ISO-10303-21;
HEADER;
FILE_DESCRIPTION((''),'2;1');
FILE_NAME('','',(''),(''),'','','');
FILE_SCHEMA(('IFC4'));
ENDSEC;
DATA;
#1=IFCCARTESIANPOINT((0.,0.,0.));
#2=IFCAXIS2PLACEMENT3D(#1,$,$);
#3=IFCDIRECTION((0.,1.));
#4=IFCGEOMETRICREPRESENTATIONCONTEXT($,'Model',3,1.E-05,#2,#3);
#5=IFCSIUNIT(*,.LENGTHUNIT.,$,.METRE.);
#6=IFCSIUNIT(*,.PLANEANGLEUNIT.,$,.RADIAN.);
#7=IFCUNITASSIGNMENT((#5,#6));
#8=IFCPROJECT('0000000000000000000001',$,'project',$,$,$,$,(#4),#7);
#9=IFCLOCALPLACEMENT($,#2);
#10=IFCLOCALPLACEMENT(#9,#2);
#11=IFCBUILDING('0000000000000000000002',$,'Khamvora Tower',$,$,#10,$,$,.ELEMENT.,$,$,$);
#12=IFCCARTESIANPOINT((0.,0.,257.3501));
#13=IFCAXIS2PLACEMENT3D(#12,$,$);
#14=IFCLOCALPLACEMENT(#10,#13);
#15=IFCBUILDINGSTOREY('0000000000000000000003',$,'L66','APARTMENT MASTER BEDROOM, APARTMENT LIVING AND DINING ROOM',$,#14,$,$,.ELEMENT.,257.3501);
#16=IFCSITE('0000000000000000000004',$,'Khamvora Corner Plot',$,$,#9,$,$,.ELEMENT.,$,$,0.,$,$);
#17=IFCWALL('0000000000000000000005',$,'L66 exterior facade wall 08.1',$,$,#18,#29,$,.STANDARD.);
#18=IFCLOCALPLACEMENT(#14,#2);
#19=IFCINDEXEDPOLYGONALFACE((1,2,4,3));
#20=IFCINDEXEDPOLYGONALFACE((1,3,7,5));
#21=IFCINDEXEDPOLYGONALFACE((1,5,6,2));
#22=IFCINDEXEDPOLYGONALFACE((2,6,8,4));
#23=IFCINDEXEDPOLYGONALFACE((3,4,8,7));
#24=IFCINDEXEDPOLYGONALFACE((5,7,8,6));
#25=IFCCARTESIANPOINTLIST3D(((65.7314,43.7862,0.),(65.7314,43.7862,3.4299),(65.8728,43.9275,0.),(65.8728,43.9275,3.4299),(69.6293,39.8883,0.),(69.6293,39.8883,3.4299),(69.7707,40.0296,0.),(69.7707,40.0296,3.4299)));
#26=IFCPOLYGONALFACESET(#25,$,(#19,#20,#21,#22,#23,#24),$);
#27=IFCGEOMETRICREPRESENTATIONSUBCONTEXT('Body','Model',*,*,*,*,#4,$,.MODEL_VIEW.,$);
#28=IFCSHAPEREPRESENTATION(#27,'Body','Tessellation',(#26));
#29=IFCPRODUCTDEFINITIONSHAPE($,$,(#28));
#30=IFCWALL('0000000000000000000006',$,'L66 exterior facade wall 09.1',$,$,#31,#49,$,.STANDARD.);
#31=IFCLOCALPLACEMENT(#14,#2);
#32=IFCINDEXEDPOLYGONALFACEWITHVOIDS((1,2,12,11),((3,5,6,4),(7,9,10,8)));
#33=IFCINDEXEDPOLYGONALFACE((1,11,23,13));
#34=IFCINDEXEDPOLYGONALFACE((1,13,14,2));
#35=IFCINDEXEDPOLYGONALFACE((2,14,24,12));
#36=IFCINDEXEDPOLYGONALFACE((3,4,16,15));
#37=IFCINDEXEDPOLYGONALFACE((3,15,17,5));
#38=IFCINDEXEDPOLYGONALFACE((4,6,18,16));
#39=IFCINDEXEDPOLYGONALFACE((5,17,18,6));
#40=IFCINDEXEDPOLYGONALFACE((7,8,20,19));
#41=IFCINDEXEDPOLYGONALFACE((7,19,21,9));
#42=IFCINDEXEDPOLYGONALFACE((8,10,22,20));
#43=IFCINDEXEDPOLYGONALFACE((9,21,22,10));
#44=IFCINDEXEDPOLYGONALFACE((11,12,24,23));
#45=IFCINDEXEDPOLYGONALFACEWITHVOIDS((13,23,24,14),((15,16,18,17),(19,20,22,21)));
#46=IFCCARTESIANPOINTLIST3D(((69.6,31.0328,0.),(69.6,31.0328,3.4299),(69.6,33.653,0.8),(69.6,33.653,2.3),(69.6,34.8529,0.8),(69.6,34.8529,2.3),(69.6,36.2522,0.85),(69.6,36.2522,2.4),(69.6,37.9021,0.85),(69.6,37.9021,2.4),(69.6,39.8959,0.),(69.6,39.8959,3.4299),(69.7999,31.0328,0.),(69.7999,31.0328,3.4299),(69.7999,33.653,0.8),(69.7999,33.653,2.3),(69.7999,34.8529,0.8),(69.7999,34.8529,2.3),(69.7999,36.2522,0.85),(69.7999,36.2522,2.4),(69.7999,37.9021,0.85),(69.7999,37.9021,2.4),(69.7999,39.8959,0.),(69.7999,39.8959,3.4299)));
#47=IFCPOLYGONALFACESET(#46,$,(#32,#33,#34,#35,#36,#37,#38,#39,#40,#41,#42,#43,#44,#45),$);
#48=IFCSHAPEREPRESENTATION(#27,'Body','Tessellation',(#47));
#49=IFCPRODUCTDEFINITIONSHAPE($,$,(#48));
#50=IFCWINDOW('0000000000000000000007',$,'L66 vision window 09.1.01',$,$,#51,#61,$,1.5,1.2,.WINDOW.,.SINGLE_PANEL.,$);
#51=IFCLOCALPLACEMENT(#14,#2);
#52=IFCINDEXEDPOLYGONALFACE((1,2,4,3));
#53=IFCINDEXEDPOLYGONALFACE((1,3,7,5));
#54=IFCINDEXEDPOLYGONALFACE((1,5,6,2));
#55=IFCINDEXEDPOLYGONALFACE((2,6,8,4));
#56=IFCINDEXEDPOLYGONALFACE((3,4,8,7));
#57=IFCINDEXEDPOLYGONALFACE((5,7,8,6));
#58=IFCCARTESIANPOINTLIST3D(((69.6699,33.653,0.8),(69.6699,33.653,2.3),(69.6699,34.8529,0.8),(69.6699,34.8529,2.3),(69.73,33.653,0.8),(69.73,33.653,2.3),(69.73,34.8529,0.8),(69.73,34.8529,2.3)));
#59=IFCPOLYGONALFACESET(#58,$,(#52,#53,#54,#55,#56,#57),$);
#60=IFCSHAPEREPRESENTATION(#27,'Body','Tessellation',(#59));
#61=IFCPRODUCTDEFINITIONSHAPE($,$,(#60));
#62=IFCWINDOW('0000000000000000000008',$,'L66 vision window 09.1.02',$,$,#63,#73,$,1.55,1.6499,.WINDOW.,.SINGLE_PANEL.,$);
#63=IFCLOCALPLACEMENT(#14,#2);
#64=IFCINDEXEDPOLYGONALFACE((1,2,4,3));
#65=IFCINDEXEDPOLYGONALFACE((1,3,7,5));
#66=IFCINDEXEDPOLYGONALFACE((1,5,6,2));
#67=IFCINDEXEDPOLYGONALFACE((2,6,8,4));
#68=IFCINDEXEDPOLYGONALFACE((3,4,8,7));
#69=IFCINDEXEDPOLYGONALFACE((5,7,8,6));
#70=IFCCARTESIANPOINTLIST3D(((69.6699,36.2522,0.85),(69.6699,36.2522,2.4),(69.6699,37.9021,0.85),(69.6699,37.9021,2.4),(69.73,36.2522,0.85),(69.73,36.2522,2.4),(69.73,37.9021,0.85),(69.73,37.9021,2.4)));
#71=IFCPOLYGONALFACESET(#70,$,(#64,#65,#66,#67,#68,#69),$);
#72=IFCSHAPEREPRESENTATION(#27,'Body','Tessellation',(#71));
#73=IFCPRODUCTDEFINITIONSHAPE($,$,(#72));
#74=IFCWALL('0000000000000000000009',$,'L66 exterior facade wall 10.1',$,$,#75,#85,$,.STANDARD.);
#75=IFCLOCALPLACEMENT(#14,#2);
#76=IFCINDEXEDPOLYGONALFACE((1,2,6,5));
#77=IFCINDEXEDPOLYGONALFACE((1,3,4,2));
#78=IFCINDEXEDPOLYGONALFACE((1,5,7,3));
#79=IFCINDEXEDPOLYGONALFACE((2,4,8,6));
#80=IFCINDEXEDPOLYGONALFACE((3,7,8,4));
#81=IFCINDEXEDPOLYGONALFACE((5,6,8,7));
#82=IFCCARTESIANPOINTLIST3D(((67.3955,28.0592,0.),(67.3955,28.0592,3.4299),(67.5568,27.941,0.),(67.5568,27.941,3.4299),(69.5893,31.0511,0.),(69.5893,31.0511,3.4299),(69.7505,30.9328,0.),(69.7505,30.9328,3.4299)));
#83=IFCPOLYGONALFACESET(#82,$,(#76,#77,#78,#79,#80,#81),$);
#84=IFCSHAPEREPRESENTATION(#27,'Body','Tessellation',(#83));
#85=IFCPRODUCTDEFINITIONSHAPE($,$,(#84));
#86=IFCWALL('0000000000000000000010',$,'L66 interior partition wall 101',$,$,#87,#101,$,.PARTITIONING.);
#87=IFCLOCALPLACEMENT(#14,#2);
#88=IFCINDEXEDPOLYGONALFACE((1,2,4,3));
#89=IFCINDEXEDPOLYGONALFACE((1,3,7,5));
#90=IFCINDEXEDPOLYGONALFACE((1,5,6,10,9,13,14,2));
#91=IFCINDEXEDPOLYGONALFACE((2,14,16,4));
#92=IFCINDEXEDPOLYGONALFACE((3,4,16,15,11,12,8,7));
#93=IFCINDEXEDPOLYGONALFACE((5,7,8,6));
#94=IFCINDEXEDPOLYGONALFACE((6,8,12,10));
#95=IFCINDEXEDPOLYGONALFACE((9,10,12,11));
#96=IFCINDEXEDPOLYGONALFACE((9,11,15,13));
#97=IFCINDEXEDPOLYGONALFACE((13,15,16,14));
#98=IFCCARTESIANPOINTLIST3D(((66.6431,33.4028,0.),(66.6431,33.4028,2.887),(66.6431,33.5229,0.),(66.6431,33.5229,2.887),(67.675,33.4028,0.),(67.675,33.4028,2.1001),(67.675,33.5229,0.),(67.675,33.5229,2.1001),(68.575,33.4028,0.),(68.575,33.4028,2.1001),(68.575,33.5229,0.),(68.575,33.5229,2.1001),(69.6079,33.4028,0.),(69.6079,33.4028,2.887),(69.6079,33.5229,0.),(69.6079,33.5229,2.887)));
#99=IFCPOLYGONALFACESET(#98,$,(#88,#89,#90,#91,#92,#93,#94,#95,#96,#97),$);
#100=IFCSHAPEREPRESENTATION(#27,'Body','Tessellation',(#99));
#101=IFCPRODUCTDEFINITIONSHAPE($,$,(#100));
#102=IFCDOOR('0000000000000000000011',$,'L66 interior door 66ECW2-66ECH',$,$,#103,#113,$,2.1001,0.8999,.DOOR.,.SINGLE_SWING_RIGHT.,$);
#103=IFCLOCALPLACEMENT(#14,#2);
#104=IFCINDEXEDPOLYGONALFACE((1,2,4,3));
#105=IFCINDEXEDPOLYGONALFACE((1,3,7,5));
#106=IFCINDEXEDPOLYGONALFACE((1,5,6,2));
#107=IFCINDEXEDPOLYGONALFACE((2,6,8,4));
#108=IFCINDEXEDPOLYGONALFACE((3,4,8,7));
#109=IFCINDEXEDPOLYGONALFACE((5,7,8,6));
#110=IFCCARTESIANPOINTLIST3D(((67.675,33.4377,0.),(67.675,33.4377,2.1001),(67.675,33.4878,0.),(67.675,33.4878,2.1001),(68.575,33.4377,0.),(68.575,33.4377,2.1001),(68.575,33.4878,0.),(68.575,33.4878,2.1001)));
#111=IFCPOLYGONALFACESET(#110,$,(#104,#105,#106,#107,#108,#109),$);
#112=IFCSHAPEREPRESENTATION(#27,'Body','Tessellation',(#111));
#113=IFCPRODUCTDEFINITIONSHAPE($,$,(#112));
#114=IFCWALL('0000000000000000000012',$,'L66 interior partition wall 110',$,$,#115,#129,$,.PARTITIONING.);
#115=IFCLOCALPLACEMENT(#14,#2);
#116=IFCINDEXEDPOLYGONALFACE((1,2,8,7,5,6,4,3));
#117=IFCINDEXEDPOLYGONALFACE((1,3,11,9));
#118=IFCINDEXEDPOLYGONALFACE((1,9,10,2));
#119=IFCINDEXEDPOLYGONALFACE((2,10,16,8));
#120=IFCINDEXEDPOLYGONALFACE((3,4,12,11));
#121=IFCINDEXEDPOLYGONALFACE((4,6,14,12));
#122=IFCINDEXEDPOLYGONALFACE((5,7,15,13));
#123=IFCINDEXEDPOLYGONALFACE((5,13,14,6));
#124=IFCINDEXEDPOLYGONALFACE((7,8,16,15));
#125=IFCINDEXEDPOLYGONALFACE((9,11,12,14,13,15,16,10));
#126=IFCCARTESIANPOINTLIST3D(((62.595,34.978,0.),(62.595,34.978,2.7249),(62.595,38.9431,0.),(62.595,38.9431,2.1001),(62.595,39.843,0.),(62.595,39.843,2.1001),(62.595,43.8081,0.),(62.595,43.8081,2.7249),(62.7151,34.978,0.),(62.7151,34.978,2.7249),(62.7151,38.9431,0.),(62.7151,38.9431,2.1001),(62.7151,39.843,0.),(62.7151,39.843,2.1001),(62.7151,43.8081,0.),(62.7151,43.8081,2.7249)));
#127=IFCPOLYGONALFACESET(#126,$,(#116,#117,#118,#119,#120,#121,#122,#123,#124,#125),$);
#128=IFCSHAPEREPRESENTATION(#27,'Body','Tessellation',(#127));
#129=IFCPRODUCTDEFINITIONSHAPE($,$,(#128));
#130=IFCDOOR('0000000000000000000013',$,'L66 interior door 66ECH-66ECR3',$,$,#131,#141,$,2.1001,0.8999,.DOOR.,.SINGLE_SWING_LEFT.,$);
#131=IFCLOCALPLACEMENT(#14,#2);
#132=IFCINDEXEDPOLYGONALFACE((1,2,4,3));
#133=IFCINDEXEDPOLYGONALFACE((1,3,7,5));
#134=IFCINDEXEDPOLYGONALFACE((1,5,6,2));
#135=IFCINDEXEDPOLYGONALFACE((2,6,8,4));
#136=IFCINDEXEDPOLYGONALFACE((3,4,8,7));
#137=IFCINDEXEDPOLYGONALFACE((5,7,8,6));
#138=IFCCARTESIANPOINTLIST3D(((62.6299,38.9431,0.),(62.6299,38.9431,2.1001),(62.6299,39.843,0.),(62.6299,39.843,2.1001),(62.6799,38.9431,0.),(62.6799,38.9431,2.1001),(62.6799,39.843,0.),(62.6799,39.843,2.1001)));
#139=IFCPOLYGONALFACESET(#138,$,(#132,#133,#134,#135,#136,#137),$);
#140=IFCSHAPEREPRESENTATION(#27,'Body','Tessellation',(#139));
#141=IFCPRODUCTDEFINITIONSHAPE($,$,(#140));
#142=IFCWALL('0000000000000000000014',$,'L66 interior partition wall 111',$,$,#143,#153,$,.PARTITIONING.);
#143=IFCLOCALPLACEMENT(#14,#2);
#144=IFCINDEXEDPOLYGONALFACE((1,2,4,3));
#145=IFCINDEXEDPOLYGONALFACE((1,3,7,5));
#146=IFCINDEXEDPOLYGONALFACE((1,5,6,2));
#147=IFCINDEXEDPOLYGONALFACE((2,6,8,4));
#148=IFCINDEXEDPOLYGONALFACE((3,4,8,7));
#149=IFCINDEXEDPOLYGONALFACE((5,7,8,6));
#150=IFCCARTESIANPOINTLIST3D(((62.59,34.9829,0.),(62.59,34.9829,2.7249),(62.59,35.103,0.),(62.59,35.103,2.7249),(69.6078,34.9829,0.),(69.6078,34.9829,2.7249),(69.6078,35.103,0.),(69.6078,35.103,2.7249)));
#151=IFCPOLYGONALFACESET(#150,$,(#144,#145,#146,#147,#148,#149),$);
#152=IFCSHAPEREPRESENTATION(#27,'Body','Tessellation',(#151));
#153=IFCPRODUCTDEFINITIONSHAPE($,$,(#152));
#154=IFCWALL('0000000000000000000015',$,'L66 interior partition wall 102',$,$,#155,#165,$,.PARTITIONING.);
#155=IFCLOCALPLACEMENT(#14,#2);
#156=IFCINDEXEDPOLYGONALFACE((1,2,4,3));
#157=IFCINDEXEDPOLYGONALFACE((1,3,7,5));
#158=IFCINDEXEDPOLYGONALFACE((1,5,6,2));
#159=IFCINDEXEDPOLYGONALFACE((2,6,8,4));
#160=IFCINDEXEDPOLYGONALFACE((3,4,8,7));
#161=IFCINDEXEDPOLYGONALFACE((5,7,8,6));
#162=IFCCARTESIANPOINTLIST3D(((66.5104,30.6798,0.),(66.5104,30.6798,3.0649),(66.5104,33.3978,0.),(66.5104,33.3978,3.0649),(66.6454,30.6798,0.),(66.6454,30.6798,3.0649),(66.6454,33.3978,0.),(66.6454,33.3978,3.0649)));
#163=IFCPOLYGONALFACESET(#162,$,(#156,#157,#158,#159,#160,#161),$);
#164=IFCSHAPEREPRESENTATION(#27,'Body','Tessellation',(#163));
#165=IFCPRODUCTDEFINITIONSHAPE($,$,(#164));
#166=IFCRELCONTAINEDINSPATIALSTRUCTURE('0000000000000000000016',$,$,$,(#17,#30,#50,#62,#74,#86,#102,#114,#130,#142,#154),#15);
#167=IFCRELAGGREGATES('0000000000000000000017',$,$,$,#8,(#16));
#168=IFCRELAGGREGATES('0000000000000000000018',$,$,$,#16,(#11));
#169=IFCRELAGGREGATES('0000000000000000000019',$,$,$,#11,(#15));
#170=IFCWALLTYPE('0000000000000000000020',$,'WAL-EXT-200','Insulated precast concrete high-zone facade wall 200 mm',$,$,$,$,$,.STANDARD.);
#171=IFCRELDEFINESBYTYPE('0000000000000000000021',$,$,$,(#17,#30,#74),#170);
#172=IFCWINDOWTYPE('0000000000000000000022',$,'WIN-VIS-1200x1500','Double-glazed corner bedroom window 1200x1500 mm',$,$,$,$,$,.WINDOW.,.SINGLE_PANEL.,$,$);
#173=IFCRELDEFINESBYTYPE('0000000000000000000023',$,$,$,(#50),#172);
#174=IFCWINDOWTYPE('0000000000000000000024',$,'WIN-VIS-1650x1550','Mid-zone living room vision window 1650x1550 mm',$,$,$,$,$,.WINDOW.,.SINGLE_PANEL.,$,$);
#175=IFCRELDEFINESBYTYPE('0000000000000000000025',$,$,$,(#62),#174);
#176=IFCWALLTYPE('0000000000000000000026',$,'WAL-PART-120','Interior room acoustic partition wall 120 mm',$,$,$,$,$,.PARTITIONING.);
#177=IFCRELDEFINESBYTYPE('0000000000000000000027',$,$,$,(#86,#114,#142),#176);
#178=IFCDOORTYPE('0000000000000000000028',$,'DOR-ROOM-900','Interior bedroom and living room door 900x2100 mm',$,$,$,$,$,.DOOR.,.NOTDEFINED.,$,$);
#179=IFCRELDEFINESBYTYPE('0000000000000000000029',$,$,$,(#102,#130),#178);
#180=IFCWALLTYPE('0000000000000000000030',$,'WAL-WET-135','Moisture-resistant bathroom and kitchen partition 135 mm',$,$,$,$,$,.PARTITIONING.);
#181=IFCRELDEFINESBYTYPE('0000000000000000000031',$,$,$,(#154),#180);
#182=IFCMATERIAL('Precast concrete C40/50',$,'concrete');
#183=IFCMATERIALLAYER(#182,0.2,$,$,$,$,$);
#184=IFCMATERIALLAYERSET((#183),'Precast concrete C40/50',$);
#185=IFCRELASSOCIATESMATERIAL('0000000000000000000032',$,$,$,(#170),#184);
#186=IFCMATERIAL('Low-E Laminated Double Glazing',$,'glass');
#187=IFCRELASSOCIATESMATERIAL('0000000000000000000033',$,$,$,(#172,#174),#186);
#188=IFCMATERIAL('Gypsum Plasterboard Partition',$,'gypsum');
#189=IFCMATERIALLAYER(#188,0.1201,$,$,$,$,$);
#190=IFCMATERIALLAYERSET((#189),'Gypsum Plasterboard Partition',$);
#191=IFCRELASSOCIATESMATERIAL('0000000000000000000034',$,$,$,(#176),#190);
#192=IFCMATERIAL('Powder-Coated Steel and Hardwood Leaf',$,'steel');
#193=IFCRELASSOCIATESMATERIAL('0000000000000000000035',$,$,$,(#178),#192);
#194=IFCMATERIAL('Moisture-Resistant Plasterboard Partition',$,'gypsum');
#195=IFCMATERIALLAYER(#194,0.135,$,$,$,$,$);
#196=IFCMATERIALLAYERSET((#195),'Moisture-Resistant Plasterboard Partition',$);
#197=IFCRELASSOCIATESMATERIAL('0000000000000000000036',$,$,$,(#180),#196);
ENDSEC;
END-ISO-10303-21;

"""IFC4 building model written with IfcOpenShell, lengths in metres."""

from ifc_helpers import new_model, si_unit, direction, frame, frame_2d, origin, place, context, subcontext, project, spatial, rectangle, extrude, material, layer, layer_set, type_object, element, fill, save


model = new_model("IFC4")

# Units and contexts
model_context = context("Model", 3, precision=1e-05, world=origin(), true_north=direction((0.0, 1.0)))
body_context = subcontext(model_context, "Body", "Model", "MODEL_VIEW")
ifc_project = project(units=[si_unit("LENGTHUNIT", "METRE"), si_unit("PLANEANGLEUNIT", "RADIAN")], contexts=[model_context])

# Site, building, storey
site_placement = place(None, origin())
site = spatial("IfcSite", under=ifc_project, at=site_placement, Name="Khamvora Corner Plot", CompositionType="ELEMENT", RefElevation=0.0)
building_placement = place(site_placement, origin())
building = spatial("IfcBuilding", under=site, at=building_placement, Name="Khamvora Tower", CompositionType="ELEMENT")
storey_placement = place(building_placement, frame((0.0, 0.0, 257.3501)))
storey = spatial("IfcBuildingStorey", under=building, at=storey_placement, Name="L66", Description="APARTMENT MASTER BEDROOM, APARTMENT LIVING AND DINING ROOM", CompositionType="ELEMENT", Elevation=257.3501)

# Shared definitions
ifc_material_1 = material(Name="Powder-Coated Steel and Hardwood Leaf", Category="steel")

# Wall
ifc_material_2 = material(Name="Precast concrete C40/50", Category="concrete")
ifc_layer_1 = layer(ifc_material_2, 0.2)
ifc_layer_set_1 = layer_set([ifc_layer_1], Name="Precast concrete C40/50")
wall_type_1 = type_object("IfcWallType", Name="WAL-EXT-200", Description="Insulated precast concrete high-zone facade wall 200 mm", PredefinedType="STANDARD", material=ifc_layer_set_1)
wall_1_placement = place(storey_placement, frame((65.802, 43.8569, 0.0), z_axis=(0.0, 0.0, 1.0), x_axis=(0.707107, -0.707107, 0.0)))
element("IfcWall", 1, at=wall_1_placement, inside=storey, type_object=wall_type_1, Name="L66 exterior facade wall 08.1", PredefinedType="STANDARD", context=body_context, shape_type="SweptSolid", body=[
    extrude(rectangle(XDim=5.5125, YDim=0.2, at=frame_2d((2.7563, 0.0))), origin(), (0.0, 0.0, 1.0), 3.4299),
])

# Wall, openings, windows
wall_2_placement = place(storey_placement, frame((69.7, 39.896, 0.0), z_axis=(0.0, 0.0, 1.0), x_axis=(0.0, -1.0, 0.0)))
wall_2 = element("IfcWall", 2, at=wall_2_placement, inside=storey, type_object=wall_type_1, Name="L66 exterior facade wall 09.1", PredefinedType="STANDARD", context=body_context, shape_type="SweptSolid", body=[
    extrude(rectangle(XDim=8.863, YDim=0.2, at=frame_2d((4.4316, 0.0))), origin(), (0.0, 0.0, 1.0), 3.4299),
])
opening_1_placement = place(wall_2_placement, frame((5.043, 0.0, 0.8)))
opening_1 = element("IfcOpeningElement", 3, at=opening_1_placement, cuts=wall_2, PredefinedType="OPENING", context=body_context, shape_type="SweptSolid", body=[
    extrude(rectangle(XDim=1.2, YDim=1.5, at=frame_2d((0.6001, 0.75))), frame((0.0, 0.1099, 0.0), z_axis=(0.0, -1.0, 0.0), x_axis=(1.0, 0.0, 0.0)), (0.0, 0.0, 1.0), 0.22),
])
opening_2_placement = place(wall_2_placement, frame((1.9939, 0.0, 0.8501)))
opening_2 = element("IfcOpeningElement", 4, at=opening_2_placement, cuts=wall_2, PredefinedType="OPENING", context=body_context, shape_type="SweptSolid", body=[
    extrude(rectangle(XDim=1.6499, YDim=1.55, at=frame_2d((0.825, 0.7749))), frame((0.0, 0.1099, 0.0), z_axis=(0.0, -1.0, 0.0), x_axis=(1.0, 0.0, 0.0)), (0.0, 0.0, 1.0), 0.22),
])
ifc_material_3 = material(Name="Low-E Laminated Double Glazing", Category="glass")
window_type_1 = type_object("IfcWindowType", Name="WIN-VIS-1200x1500", Description="Double-glazed corner bedroom window 1200x1500 mm", PartitioningType="SINGLE_PANEL", PredefinedType="WINDOW", material=ifc_material_3)
window_1_placement = place(opening_1_placement, origin())
window_1 = element("IfcWindow", 5, at=window_1_placement, inside=storey, type_object=window_type_1, Name="L66 vision window 09.1.01", OverallHeight=1.5, OverallWidth=1.2, PartitioningType="SINGLE_PANEL", PredefinedType="WINDOW", context=body_context, shape_type="SweptSolid", body=[
    extrude(rectangle(XDim=1.2, YDim=1.5, at=frame_2d((0.6001, 0.75))), frame((0.0, 0.03, 0.0), z_axis=(0.0, -1.0, 0.0), x_axis=(1.0, 0.0, 0.0)), (0.0, 0.0, 1.0), 0.0601),
])
fill(opening_1, window_1)
window_type_2 = type_object("IfcWindowType", Name="WIN-VIS-1650x1550", Description="Mid-zone living room vision window 1650x1550 mm", PartitioningType="SINGLE_PANEL", PredefinedType="WINDOW", material=ifc_material_3)
window_2_placement = place(opening_2_placement, origin())
window_2 = element("IfcWindow", 6, at=window_2_placement, inside=storey, type_object=window_type_2, Name="L66 vision window 09.1.02", OverallHeight=1.55, OverallWidth=1.6499, PartitioningType="SINGLE_PANEL", PredefinedType="WINDOW", context=body_context, shape_type="SweptSolid", body=[
    extrude(rectangle(XDim=1.6499, YDim=1.55, at=frame_2d((0.825, 0.7749))), frame((0.0, 0.03, 0.0), z_axis=(0.0, -1.0, 0.0), x_axis=(1.0, 0.0, 0.0)), (0.0, 0.0, 1.0), 0.0601),
])
fill(opening_2, window_2)

# Wall
wall_3_placement = place(storey_placement, frame((69.6699, 30.9919, 0.0), z_axis=(0.0, 0.0, 1.0), x_axis=(-0.591321, -0.806436, 0.0)))
element("IfcWall", 7, at=wall_3_placement, inside=storey, type_object=wall_type_1, Name="L66 exterior facade wall 10.1", PredefinedType="STANDARD", context=body_context, shape_type="SweptSolid", body=[
    extrude(rectangle(XDim=3.71, YDim=0.2, at=frame_2d((1.855, 0.0))), origin(), (0.0, 0.0, 1.0), 3.4299),
])

# Walls, openings, doors
ifc_material_4 = material(Name="Gypsum Plasterboard Partition", Category="gypsum")
ifc_layer_2 = layer(ifc_material_4, 0.1201)
ifc_layer_set_2 = layer_set([ifc_layer_2], Name="Gypsum Plasterboard Partition")
wall_type_2 = type_object("IfcWallType", Name="WAL-PART-120", Description="Interior room acoustic partition wall 120 mm", PredefinedType="PARTITIONING", material=ifc_layer_set_2)
wall_4_placement = place(storey_placement, frame((66.6431, 33.4629, 0.0), z_axis=(0.0, 0.0, 1.0), x_axis=(1.0, 0.0, 0.0)))
wall_4 = element("IfcWall", 8, at=wall_4_placement, inside=storey, type_object=wall_type_2, Name="L66 interior partition wall 101", PredefinedType="PARTITIONING", context=body_context, shape_type="SweptSolid", body=[
    extrude(rectangle(XDim=2.9648, YDim=0.1201, at=frame_2d((1.4824, 0.0))), origin(), (0.0, 0.0, 1.0), 2.887),
])
opening_3_placement = place(wall_4_placement, frame((1.032, 0.0, 0.0)))
opening_3 = element("IfcOpeningElement", 9, at=opening_3_placement, cuts=wall_4, PredefinedType="OPENING", context=body_context, shape_type="SweptSolid", body=[
    extrude(rectangle(XDim=0.8999, YDim=2.1001, at=frame_2d((0.45, 1.05))), frame((0.0, 0.0701, 0.0), z_axis=(0.0, -1.0, 0.0), x_axis=(1.0, 0.0, 0.0)), (0.0, 0.0, 1.0), 0.1401),
])
door_type_1 = type_object("IfcDoorType", Name="DOR-ROOM-900", Description="Interior bedroom and living room door 900x2100 mm", OperationType="NOTDEFINED", PredefinedType="DOOR", material=ifc_material_1)
door_1_placement = place(opening_3_placement, origin())
door_1 = element("IfcDoor", 10, at=door_1_placement, inside=storey, type_object=door_type_1, Name="L66 interior door 66ECW2-66ECH", OperationType="SINGLE_SWING_RIGHT", OverallHeight=2.1001, OverallWidth=0.8999, PredefinedType="DOOR", context=body_context, shape_type="SweptSolid", body=[
    extrude(rectangle(XDim=0.8999, YDim=2.1001, at=frame_2d((0.45, 1.05))), frame((0.0, 0.0249, 0.0), z_axis=(0.0, -1.0, 0.0), x_axis=(1.0, 0.0, 0.0)), (0.0, 0.0, 1.0), 0.05),
])
fill(opening_3, door_1)
wall_5_placement = place(storey_placement, frame((62.655, 43.8081, 0.0), z_axis=(0.0, 0.0, 1.0), x_axis=(0.0, -1.0, 0.0)))
wall_5 = element("IfcWall", 11, at=wall_5_placement, inside=storey, type_object=wall_type_2, Name="L66 interior partition wall 110", PredefinedType="PARTITIONING", context=body_context, shape_type="SweptSolid", body=[
    extrude(rectangle(XDim=8.8301, YDim=0.1201, at=frame_2d((4.415, 0.0))), origin(), (0.0, 0.0, 1.0), 2.7249),
])
opening_4_placement = place(wall_5_placement, frame((3.9651, 0.0, 0.0)))
opening_4 = element("IfcOpeningElement", 12, at=opening_4_placement, cuts=wall_5, PredefinedType="OPENING", context=body_context, shape_type="SweptSolid", body=[
    extrude(rectangle(XDim=0.8999, YDim=2.1001, at=frame_2d((0.45, 1.05))), frame((0.0, 0.0701, 0.0), z_axis=(0.0, -1.0, 0.0), x_axis=(1.0, 0.0, 0.0)), (0.0, 0.0, 1.0), 0.1401),
])
door_2_placement = place(opening_4_placement, origin())
door_2 = element("IfcDoor", 13, at=door_2_placement, inside=storey, type_object=door_type_1, Name="L66 interior door 66ECH-66ECR3", OperationType="SINGLE_SWING_LEFT", OverallHeight=2.1001, OverallWidth=0.8999, PredefinedType="DOOR", context=body_context, shape_type="SweptSolid", body=[
    extrude(rectangle(XDim=0.8999, YDim=2.1001, at=frame_2d((0.45, 1.05))), frame((0.0, 0.0249, 0.0), z_axis=(0.0, -1.0, 0.0), x_axis=(1.0, 0.0, 0.0)), (0.0, 0.0, 1.0), 0.05),
])
fill(opening_4, door_2)

# Walls
wall_6_placement = place(storey_placement, frame((62.5901, 35.043, 0.0), z_axis=(0.0, 0.0, 1.0), x_axis=(1.0, 0.0, 0.0)))
element("IfcWall", 14, at=wall_6_placement, inside=storey, type_object=wall_type_2, Name="L66 interior partition wall 111", PredefinedType="PARTITIONING", context=body_context, shape_type="SweptSolid", body=[
    extrude(rectangle(XDim=7.0178, YDim=0.1201, at=frame_2d((3.5088, 0.0))), origin(), (0.0, 0.0, 1.0), 2.7249),
])
ifc_material_5 = material(Name="Moisture-Resistant Plasterboard Partition", Category="gypsum")
ifc_layer_3 = layer(ifc_material_5, 0.135)
ifc_layer_set_3 = layer_set([ifc_layer_3], Name="Moisture-Resistant Plasterboard Partition")
wall_type_3 = type_object("IfcWallType", Name="WAL-WET-135", Description="Moisture-resistant bathroom and kitchen partition 135 mm", PredefinedType="PARTITIONING", material=ifc_layer_set_3)
wall_7_placement = place(storey_placement, frame((66.5779, 30.6799, 0.0), z_axis=(0.0, 0.0, 1.0), x_axis=(0.0, 1.0, 0.0)))
element("IfcWall", 15, at=wall_7_placement, inside=storey, type_object=wall_type_3, Name="L66 interior partition wall 102", PredefinedType="PARTITIONING", context=body_context, shape_type="SweptSolid", body=[
    extrude(rectangle(XDim=2.718, YDim=0.135, at=frame_2d((1.3589, 0.0))), origin(), (0.0, 0.0, 1.0), 3.0649),
])

save(model, "model.ifc")
